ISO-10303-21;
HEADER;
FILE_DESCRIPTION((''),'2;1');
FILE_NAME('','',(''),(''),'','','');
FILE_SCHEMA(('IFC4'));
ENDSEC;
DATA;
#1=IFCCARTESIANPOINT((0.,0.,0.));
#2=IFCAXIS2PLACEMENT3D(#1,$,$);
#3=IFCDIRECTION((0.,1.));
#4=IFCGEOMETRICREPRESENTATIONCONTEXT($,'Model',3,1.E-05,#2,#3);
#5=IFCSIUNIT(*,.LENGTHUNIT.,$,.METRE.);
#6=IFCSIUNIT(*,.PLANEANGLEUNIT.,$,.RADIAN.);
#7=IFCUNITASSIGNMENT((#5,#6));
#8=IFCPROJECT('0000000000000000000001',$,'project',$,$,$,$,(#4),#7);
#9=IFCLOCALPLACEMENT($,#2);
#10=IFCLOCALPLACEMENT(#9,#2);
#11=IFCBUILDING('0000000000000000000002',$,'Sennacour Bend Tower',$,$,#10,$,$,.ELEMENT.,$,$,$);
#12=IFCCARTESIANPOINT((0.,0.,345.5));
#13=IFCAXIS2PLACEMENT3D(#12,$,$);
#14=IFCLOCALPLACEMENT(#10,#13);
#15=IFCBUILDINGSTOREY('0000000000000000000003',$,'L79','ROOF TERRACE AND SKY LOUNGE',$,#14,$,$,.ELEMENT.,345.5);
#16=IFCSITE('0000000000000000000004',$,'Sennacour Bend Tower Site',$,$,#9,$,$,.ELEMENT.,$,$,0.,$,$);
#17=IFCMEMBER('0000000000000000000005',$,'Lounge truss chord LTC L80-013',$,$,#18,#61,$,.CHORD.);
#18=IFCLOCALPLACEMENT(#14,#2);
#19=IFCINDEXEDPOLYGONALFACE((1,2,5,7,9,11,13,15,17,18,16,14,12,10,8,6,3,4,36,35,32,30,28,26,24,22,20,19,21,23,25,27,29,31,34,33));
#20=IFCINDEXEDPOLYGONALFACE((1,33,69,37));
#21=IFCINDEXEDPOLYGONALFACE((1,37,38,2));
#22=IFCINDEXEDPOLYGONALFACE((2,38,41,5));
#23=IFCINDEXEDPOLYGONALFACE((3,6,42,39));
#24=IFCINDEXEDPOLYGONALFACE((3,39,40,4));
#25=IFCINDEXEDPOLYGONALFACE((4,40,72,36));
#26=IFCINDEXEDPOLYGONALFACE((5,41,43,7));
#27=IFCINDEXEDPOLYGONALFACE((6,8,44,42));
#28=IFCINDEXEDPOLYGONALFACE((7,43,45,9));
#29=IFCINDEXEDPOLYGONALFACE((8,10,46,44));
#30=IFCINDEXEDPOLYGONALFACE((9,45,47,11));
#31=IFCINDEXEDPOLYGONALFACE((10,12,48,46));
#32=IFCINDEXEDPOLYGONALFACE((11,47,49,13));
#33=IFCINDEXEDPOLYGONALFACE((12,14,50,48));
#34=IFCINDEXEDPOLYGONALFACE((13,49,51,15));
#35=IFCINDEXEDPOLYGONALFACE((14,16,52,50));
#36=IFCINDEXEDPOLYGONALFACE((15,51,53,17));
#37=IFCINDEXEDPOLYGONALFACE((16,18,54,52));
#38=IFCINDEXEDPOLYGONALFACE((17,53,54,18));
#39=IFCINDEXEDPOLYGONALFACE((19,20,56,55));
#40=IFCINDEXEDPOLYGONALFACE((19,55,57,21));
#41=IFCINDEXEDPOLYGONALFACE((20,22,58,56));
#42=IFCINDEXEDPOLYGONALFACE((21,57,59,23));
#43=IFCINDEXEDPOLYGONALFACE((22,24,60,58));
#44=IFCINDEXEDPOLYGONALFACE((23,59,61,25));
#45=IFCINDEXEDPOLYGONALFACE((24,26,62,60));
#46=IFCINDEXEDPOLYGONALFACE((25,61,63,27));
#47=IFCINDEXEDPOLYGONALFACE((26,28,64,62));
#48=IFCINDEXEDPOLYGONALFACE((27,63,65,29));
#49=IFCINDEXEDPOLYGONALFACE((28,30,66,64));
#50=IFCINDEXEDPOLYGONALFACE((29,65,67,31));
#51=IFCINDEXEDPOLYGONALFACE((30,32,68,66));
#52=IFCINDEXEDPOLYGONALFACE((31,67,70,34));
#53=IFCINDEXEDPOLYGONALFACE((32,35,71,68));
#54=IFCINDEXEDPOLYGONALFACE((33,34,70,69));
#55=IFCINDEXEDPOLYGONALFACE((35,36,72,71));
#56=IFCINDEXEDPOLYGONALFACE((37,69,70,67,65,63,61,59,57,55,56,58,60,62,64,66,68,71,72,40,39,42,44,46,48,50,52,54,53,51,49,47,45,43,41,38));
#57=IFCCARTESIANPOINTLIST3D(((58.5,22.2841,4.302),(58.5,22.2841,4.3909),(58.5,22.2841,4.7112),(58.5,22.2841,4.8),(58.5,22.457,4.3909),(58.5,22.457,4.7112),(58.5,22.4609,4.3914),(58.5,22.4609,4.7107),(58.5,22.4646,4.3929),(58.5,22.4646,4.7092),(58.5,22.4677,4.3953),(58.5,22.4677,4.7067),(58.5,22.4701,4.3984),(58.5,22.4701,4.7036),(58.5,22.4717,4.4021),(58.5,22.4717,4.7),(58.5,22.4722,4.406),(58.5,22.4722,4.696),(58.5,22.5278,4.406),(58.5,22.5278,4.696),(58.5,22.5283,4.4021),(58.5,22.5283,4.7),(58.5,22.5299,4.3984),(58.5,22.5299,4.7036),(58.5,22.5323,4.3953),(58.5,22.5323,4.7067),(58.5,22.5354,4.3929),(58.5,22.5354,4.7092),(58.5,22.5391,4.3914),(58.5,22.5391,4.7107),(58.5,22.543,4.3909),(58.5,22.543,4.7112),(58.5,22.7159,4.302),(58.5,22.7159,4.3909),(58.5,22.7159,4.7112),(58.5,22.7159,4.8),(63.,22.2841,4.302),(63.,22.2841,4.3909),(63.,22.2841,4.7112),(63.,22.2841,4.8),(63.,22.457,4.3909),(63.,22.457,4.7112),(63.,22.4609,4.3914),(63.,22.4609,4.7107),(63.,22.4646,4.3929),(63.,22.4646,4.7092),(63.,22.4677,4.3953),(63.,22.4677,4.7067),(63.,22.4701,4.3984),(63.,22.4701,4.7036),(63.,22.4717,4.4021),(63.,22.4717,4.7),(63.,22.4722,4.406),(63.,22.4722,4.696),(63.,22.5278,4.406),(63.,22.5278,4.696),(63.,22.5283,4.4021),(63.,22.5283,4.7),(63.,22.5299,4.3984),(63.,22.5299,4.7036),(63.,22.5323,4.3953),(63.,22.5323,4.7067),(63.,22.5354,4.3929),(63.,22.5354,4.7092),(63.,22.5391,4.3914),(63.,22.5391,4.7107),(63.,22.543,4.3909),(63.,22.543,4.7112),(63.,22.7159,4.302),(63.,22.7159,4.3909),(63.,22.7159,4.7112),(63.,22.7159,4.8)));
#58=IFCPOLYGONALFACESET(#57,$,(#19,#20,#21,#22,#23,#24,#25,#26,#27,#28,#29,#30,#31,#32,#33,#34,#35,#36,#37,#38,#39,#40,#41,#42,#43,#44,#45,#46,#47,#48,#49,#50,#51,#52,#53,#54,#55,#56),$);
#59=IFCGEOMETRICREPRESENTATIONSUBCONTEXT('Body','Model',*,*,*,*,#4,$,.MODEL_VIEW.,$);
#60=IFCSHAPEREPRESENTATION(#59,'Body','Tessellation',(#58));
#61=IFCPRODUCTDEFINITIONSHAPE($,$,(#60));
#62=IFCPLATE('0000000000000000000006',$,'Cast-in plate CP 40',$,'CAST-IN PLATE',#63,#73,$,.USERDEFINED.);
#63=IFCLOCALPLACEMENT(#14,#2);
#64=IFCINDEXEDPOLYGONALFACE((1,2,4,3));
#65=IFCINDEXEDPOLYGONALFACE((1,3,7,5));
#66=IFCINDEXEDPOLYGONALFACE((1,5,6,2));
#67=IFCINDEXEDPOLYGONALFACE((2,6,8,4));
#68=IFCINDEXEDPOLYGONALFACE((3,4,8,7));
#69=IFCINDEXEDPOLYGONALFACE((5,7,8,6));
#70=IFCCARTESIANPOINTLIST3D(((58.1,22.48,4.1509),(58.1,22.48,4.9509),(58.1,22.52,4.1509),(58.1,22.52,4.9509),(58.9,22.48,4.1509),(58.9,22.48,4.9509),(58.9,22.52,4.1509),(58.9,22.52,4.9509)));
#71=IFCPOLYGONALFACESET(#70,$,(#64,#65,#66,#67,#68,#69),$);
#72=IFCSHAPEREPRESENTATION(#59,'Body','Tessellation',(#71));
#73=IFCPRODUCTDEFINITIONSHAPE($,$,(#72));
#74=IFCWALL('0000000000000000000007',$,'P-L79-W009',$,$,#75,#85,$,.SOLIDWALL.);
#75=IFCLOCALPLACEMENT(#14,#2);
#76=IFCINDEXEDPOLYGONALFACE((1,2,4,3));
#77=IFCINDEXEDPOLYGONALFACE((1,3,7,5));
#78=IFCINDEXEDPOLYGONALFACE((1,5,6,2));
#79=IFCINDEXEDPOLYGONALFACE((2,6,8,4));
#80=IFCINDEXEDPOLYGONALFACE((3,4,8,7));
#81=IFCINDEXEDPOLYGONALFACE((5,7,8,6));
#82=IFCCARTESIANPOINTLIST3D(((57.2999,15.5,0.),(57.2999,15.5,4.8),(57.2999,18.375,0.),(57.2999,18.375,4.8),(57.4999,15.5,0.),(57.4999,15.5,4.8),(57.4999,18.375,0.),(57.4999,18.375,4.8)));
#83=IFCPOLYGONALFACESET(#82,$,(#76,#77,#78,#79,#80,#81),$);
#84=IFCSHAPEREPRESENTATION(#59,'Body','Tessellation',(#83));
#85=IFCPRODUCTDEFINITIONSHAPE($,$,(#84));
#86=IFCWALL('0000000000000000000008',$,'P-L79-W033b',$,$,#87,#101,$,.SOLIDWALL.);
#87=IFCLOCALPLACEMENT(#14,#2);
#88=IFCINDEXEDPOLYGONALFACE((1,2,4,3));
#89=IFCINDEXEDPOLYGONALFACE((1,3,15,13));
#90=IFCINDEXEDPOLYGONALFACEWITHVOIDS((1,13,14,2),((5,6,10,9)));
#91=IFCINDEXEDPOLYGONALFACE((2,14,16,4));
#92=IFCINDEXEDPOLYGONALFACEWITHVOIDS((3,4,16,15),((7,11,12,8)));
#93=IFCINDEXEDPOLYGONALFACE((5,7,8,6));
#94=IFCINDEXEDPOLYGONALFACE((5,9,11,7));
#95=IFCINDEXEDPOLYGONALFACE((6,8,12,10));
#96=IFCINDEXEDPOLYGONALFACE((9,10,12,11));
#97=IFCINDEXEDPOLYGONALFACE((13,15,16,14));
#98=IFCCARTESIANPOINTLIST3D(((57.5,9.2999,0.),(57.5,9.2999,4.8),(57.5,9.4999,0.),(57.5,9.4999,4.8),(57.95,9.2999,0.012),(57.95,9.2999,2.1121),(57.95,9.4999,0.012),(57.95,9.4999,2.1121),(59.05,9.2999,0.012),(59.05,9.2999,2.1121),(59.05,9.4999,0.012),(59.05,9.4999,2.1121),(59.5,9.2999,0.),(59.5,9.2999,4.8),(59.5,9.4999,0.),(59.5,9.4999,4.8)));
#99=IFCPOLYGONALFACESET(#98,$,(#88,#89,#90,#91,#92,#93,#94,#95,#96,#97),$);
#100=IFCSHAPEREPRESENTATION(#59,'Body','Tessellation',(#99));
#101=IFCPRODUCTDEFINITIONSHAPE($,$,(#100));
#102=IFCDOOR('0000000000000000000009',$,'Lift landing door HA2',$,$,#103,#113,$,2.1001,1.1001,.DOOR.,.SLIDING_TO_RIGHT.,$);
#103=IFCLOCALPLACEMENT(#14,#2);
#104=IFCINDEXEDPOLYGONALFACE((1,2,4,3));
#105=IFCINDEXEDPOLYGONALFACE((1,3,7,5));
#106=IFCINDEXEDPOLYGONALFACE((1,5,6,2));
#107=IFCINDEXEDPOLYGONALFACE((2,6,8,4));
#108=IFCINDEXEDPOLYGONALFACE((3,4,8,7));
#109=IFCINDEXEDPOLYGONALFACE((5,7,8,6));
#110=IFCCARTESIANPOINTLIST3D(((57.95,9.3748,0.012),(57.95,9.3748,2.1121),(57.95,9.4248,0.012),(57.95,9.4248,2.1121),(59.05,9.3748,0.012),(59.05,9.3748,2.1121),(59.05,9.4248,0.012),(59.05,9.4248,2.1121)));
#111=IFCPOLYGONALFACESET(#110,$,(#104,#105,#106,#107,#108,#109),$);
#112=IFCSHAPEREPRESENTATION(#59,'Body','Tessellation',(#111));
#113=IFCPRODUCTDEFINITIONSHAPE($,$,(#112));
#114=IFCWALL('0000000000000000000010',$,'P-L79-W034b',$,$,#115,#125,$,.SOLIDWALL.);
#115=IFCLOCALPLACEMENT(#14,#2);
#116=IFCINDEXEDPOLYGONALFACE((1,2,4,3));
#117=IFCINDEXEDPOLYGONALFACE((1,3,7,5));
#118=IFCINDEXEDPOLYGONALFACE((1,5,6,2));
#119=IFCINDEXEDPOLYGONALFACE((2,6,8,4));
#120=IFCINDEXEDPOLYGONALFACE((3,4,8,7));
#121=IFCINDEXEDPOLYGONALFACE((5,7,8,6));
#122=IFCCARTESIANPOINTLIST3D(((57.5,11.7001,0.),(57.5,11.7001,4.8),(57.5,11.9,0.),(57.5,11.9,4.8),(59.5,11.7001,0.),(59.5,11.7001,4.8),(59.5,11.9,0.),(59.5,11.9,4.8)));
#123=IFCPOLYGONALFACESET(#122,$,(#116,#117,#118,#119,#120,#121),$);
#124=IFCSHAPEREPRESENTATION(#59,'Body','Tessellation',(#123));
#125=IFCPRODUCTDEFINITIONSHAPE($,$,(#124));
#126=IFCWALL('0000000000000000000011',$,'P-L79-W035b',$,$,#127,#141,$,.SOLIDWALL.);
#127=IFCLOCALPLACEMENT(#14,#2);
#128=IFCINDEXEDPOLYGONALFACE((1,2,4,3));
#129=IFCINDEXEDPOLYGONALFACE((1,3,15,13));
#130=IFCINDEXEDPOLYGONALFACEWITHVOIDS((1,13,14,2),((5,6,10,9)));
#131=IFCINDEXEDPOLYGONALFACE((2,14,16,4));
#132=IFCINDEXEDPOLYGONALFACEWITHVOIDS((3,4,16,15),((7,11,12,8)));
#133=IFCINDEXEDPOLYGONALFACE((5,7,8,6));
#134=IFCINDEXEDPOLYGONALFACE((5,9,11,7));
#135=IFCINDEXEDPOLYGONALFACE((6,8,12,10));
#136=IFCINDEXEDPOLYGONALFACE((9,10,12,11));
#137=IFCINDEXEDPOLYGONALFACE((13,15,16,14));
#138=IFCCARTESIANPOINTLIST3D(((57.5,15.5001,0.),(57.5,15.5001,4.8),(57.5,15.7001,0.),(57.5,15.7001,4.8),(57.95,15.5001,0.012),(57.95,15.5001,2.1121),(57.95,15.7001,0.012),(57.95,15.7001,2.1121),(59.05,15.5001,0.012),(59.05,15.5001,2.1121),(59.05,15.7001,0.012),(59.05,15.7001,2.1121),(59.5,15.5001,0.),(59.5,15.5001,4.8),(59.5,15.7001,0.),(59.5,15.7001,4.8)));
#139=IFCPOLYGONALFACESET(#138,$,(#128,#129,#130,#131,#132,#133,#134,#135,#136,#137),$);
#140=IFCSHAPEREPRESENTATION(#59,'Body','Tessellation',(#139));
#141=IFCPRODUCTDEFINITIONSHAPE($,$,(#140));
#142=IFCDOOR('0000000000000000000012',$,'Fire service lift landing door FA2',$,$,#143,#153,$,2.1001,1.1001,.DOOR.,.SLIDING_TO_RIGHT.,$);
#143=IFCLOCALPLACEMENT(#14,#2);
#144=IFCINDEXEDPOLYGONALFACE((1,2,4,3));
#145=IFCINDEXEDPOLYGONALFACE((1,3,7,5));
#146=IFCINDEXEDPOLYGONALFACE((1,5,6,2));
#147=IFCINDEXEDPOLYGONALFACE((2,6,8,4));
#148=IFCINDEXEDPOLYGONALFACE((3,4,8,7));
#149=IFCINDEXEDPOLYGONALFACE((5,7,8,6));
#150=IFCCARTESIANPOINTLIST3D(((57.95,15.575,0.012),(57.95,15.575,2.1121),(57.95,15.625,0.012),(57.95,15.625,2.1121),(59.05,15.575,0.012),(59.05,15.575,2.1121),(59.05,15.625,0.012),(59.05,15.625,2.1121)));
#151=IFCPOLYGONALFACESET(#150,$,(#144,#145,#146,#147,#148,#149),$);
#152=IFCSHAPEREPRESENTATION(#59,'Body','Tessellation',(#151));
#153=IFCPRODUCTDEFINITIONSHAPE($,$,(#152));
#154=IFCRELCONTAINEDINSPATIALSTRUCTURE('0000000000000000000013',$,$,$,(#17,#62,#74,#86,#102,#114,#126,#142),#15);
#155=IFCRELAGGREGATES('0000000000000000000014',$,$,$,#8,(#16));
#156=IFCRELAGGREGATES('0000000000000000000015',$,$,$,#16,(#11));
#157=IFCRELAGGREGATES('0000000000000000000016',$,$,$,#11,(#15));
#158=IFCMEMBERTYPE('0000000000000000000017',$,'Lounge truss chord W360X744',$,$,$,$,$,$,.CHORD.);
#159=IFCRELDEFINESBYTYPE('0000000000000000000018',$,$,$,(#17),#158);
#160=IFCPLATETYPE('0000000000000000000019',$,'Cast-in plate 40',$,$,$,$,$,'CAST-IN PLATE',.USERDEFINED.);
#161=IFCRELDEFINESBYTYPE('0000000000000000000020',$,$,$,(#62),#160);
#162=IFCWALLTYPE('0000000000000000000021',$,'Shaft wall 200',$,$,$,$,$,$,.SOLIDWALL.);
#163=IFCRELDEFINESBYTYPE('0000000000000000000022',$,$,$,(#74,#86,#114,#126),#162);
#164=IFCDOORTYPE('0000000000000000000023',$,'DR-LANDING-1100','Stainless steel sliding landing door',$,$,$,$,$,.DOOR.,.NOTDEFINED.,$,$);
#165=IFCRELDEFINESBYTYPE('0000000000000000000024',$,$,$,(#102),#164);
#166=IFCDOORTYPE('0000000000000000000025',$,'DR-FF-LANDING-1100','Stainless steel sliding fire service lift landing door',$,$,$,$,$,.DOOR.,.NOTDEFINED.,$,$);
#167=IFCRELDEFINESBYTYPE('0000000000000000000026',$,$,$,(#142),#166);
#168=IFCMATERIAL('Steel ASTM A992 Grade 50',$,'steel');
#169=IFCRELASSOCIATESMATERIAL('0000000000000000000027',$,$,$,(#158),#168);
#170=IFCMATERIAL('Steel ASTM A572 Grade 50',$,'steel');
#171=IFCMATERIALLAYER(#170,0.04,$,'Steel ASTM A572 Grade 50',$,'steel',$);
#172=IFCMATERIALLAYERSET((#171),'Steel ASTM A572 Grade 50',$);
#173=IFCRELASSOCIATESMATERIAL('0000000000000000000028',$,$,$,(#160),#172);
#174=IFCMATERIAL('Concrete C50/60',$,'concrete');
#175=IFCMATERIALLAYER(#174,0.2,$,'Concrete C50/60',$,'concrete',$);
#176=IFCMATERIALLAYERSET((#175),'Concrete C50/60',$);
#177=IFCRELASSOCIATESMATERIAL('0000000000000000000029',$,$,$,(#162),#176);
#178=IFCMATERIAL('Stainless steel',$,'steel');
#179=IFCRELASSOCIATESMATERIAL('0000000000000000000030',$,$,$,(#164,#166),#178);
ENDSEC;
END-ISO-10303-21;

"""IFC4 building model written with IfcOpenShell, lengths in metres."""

from ifc_helpers import new_model, si_unit, direction, frame, frame_2d, origin, origin_2d, place, context, subcontext, project, spatial, rectangle, i_section, extrude, material, layer, layer_set, material_profile, profile_set, type_object, element, fill, save


model = new_model("IFC4")

# Units and contexts
model_context = context("Model", 3, precision=1e-05, world=origin(), true_north=direction((0.0, 1.0)))
body_context = subcontext(model_context, "Body", "Model", "MODEL_VIEW")
ifc_project = project(units=[si_unit("LENGTHUNIT", "METRE"), si_unit("PLANEANGLEUNIT", "RADIAN")], contexts=[model_context])

# Site, building, storey
site_placement = place(None, origin())
site = spatial("IfcSite", under=ifc_project, at=site_placement, Name="Sennacour Bend Tower Site", CompositionType="ELEMENT", RefElevation=0.0)
building_placement = place(site_placement, origin())
building = spatial("IfcBuilding", under=site, at=building_placement, Name="Sennacour Bend Tower", CompositionType="ELEMENT")
storey_placement = place(building_placement, frame((0.0, 0.0, 345.5)))
storey = spatial("IfcBuildingStorey", under=building, at=storey_placement, Name="L79", Description="ROOF TERRACE AND SKY LOUNGE", CompositionType="ELEMENT", Elevation=345.5)

# Member
ifc_material_1 = material(Name="Steel ASTM A992 Grade 50", Category="steel")
ifc_material_profile = material_profile(ifc_material_1, i_section(OverallWidth=0.4319, OverallDepth=0.498, WebThickness=0.0557, FlangeThickness=0.0889, FilletRadius=0.0151, at=origin_2d()), Name="Steel ASTM A992 Grade 50", Category="steel")
ifc_profile_set = profile_set([ifc_material_profile], Name="Steel ASTM A992 Grade 50")
member_type = type_object("IfcMemberType", Name="Lounge truss chord W360X744", PredefinedType="CHORD", material=ifc_profile_set)
member_placement = place(storey_placement, frame((58.5, 22.5, 4.551), z_axis=(1.0, 0.0, 0.0), x_axis=(0.0, 1.0, 0.0)))
element("IfcMember", 1, at=member_placement, inside=storey, type_object=member_type, Name="Lounge truss chord LTC L80-013", PredefinedType="CHORD", context=body_context, shape_type="SweptSolid", body=[
    extrude(i_section(OverallWidth=0.4319, OverallDepth=0.498, WebThickness=0.0557, FlangeThickness=0.0889, FilletRadius=0.0151, at=origin_2d()), origin(), (0.0, 0.0, 1.0), 4.5),
])

# Plate
ifc_material_2 = material(Name="Steel ASTM A572 Grade 50", Category="steel")
ifc_layer_1 = layer(ifc_material_2, 0.04, Name="Steel ASTM A572 Grade 50", Category="steel")
ifc_layer_set_1 = layer_set([ifc_layer_1], Name="Steel ASTM A572 Grade 50")
plate_type = type_object("IfcPlateType", Name="Cast-in plate 40", ElementType="CAST-IN PLATE", PredefinedType="USERDEFINED", material=ifc_layer_set_1)
plate_placement = place(storey_placement, frame((58.5, 22.5, 4.1509), z_axis=(0.0, 0.0, 1.0), x_axis=(1.0, 0.0, 0.0)))
element("IfcPlate", 2, at=plate_placement, inside=storey, type_object=plate_type, Name="Cast-in plate CP 40", ObjectType="CAST-IN PLATE", PredefinedType="USERDEFINED", context=body_context, shape_type="SweptSolid", body=[
    extrude(rectangle(XDim=0.8, YDim=0.04, at=origin_2d()), origin(), (0.0, 0.0, 1.0), 0.8),
])

# Wall
ifc_material_3 = material(Name="Concrete C50/60", Category="concrete")
ifc_layer_2 = layer(ifc_material_3, 0.2, Name="Concrete C50/60", Category="concrete")
ifc_layer_set_2 = layer_set([ifc_layer_2], Name="Concrete C50/60")
wall_type = type_object("IfcWallType", Name="Shaft wall 200", PredefinedType="SOLIDWALL", material=ifc_layer_set_2)
wall_1_placement = place(storey_placement, frame((57.3999, 15.5, 0.0), z_axis=(0.0, 0.0, 1.0), x_axis=(0.0, 1.0, 0.0)))
element("IfcWall", 3, at=wall_1_placement, inside=storey, type_object=wall_type, Name="P-L79-W009", PredefinedType="SOLIDWALL", context=body_context, shape_type="SweptSolid", body=[
    extrude(rectangle(XDim=2.875, YDim=0.2, at=frame_2d((1.4375, 0.0))), origin(), (0.0, 0.0, 1.0), 4.8),
])

# Wall, opening, door
wall_2_placement = place(storey_placement, frame((57.5, 9.3999, 0.0), z_axis=(0.0, 0.0, 1.0), x_axis=(1.0, 0.0, 0.0)))
wall_2 = element("IfcWall", 4, at=wall_2_placement, inside=storey, type_object=wall_type, Name="P-L79-W033b", PredefinedType="SOLIDWALL", context=body_context, shape_type="SweptSolid", body=[
    extrude(rectangle(XDim=2.0, YDim=0.2, at=frame_2d((1.0, 0.0))), origin(), (0.0, 0.0, 1.0), 4.8),
])
opening_1_placement = place(wall_2_placement, frame((0.45, 0.0, 0.012)))
opening_1 = element("IfcOpeningElement", 5, at=opening_1_placement, cuts=wall_2, PredefinedType="OPENING", context=body_context, shape_type="SweptSolid", body=[
    extrude(rectangle(XDim=1.1001, YDim=2.1001, at=frame_2d((0.55, 1.05))), frame((0.0, 0.1099, 0.0), z_axis=(0.0, -1.0, 0.0), x_axis=(1.0, 0.0, 0.0)), (0.0, 0.0, 1.0), 0.22),
])
ifc_material_4 = material(Name="Stainless steel", Category="steel")
door_type_1 = type_object("IfcDoorType", Name="DR-LANDING-1100", Description="Stainless steel sliding landing door", OperationType="NOTDEFINED", PredefinedType="DOOR", material=ifc_material_4)
door_1_placement = place(opening_1_placement, origin())
door_1 = element("IfcDoor", 6, at=door_1_placement, inside=storey, type_object=door_type_1, Name="Lift landing door HA2", OperationType="SLIDING_TO_RIGHT", OverallHeight=2.1001, OverallWidth=1.1001, PredefinedType="DOOR", context=body_context, shape_type="SweptSolid", body=[
    extrude(rectangle(XDim=1.1001, YDim=2.1001, at=frame_2d((0.55, 1.05))), frame((0.0, 0.0249, 0.0), z_axis=(0.0, -1.0, 0.0), x_axis=(1.0, 0.0, 0.0)), (0.0, 0.0, 1.0), 0.05),
])
fill(opening_1, door_1)

# Wall
wall_3_placement = place(storey_placement, frame((57.5, 11.8, 0.0), z_axis=(0.0, 0.0, 1.0), x_axis=(1.0, 0.0, 0.0)))
element("IfcWall", 7, at=wall_3_placement, inside=storey, type_object=wall_type, Name="P-L79-W034b", PredefinedType="SOLIDWALL", context=body_context, shape_type="SweptSolid", body=[
    extrude(rectangle(XDim=2.0, YDim=0.2, at=frame_2d((1.0, 0.0))), origin(), (0.0, 0.0, 1.0), 4.8),
])

# Wall, opening, door
wall_4_placement = place(storey_placement, frame((57.5, 15.6001, 0.0), z_axis=(0.0, 0.0, 1.0), x_axis=(1.0, 0.0, 0.0)))
wall_4 = element("IfcWall", 8, at=wall_4_placement, inside=storey, type_object=wall_type, Name="P-L79-W035b", PredefinedType="SOLIDWALL", context=body_context, shape_type="SweptSolid", body=[
    extrude(rectangle(XDim=2.0, YDim=0.2, at=frame_2d((1.0, 0.0))), origin(), (0.0, 0.0, 1.0), 4.8),
])
opening_2_placement = place(wall_4_placement, frame((0.45, 0.0, 0.012)))
opening_2 = element("IfcOpeningElement", 9, at=opening_2_placement, cuts=wall_4, PredefinedType="OPENING", context=body_context, shape_type="SweptSolid", body=[
    extrude(rectangle(XDim=1.1001, YDim=2.1001, at=frame_2d((0.55, 1.05))), frame((0.0, 0.1099, 0.0), z_axis=(0.0, -1.0, 0.0), x_axis=(1.0, 0.0, 0.0)), (0.0, 0.0, 1.0), 0.22),
])
door_type_2 = type_object("IfcDoorType", Name="DR-FF-LANDING-1100", Description="Stainless steel sliding fire service lift landing door", OperationType="NOTDEFINED", PredefinedType="DOOR", material=ifc_material_4)
door_2_placement = place(opening_2_placement, origin())
door_2 = element("IfcDoor", 10, at=door_2_placement, inside=storey, type_object=door_type_2, Name="Fire service lift landing door FA2", OperationType="SLIDING_TO_RIGHT", OverallHeight=2.1001, OverallWidth=1.1001, PredefinedType="DOOR", context=body_context, shape_type="SweptSolid", body=[
    extrude(rectangle(XDim=1.1001, YDim=2.1001, at=frame_2d((0.55, 1.05))), frame((0.0, 0.0249, 0.0), z_axis=(0.0, -1.0, 0.0), x_axis=(1.0, 0.0, 0.0)), (0.0, 0.0, 1.0), 0.05),
])
fill(opening_2, door_2)

save(model, "model.ifc")
